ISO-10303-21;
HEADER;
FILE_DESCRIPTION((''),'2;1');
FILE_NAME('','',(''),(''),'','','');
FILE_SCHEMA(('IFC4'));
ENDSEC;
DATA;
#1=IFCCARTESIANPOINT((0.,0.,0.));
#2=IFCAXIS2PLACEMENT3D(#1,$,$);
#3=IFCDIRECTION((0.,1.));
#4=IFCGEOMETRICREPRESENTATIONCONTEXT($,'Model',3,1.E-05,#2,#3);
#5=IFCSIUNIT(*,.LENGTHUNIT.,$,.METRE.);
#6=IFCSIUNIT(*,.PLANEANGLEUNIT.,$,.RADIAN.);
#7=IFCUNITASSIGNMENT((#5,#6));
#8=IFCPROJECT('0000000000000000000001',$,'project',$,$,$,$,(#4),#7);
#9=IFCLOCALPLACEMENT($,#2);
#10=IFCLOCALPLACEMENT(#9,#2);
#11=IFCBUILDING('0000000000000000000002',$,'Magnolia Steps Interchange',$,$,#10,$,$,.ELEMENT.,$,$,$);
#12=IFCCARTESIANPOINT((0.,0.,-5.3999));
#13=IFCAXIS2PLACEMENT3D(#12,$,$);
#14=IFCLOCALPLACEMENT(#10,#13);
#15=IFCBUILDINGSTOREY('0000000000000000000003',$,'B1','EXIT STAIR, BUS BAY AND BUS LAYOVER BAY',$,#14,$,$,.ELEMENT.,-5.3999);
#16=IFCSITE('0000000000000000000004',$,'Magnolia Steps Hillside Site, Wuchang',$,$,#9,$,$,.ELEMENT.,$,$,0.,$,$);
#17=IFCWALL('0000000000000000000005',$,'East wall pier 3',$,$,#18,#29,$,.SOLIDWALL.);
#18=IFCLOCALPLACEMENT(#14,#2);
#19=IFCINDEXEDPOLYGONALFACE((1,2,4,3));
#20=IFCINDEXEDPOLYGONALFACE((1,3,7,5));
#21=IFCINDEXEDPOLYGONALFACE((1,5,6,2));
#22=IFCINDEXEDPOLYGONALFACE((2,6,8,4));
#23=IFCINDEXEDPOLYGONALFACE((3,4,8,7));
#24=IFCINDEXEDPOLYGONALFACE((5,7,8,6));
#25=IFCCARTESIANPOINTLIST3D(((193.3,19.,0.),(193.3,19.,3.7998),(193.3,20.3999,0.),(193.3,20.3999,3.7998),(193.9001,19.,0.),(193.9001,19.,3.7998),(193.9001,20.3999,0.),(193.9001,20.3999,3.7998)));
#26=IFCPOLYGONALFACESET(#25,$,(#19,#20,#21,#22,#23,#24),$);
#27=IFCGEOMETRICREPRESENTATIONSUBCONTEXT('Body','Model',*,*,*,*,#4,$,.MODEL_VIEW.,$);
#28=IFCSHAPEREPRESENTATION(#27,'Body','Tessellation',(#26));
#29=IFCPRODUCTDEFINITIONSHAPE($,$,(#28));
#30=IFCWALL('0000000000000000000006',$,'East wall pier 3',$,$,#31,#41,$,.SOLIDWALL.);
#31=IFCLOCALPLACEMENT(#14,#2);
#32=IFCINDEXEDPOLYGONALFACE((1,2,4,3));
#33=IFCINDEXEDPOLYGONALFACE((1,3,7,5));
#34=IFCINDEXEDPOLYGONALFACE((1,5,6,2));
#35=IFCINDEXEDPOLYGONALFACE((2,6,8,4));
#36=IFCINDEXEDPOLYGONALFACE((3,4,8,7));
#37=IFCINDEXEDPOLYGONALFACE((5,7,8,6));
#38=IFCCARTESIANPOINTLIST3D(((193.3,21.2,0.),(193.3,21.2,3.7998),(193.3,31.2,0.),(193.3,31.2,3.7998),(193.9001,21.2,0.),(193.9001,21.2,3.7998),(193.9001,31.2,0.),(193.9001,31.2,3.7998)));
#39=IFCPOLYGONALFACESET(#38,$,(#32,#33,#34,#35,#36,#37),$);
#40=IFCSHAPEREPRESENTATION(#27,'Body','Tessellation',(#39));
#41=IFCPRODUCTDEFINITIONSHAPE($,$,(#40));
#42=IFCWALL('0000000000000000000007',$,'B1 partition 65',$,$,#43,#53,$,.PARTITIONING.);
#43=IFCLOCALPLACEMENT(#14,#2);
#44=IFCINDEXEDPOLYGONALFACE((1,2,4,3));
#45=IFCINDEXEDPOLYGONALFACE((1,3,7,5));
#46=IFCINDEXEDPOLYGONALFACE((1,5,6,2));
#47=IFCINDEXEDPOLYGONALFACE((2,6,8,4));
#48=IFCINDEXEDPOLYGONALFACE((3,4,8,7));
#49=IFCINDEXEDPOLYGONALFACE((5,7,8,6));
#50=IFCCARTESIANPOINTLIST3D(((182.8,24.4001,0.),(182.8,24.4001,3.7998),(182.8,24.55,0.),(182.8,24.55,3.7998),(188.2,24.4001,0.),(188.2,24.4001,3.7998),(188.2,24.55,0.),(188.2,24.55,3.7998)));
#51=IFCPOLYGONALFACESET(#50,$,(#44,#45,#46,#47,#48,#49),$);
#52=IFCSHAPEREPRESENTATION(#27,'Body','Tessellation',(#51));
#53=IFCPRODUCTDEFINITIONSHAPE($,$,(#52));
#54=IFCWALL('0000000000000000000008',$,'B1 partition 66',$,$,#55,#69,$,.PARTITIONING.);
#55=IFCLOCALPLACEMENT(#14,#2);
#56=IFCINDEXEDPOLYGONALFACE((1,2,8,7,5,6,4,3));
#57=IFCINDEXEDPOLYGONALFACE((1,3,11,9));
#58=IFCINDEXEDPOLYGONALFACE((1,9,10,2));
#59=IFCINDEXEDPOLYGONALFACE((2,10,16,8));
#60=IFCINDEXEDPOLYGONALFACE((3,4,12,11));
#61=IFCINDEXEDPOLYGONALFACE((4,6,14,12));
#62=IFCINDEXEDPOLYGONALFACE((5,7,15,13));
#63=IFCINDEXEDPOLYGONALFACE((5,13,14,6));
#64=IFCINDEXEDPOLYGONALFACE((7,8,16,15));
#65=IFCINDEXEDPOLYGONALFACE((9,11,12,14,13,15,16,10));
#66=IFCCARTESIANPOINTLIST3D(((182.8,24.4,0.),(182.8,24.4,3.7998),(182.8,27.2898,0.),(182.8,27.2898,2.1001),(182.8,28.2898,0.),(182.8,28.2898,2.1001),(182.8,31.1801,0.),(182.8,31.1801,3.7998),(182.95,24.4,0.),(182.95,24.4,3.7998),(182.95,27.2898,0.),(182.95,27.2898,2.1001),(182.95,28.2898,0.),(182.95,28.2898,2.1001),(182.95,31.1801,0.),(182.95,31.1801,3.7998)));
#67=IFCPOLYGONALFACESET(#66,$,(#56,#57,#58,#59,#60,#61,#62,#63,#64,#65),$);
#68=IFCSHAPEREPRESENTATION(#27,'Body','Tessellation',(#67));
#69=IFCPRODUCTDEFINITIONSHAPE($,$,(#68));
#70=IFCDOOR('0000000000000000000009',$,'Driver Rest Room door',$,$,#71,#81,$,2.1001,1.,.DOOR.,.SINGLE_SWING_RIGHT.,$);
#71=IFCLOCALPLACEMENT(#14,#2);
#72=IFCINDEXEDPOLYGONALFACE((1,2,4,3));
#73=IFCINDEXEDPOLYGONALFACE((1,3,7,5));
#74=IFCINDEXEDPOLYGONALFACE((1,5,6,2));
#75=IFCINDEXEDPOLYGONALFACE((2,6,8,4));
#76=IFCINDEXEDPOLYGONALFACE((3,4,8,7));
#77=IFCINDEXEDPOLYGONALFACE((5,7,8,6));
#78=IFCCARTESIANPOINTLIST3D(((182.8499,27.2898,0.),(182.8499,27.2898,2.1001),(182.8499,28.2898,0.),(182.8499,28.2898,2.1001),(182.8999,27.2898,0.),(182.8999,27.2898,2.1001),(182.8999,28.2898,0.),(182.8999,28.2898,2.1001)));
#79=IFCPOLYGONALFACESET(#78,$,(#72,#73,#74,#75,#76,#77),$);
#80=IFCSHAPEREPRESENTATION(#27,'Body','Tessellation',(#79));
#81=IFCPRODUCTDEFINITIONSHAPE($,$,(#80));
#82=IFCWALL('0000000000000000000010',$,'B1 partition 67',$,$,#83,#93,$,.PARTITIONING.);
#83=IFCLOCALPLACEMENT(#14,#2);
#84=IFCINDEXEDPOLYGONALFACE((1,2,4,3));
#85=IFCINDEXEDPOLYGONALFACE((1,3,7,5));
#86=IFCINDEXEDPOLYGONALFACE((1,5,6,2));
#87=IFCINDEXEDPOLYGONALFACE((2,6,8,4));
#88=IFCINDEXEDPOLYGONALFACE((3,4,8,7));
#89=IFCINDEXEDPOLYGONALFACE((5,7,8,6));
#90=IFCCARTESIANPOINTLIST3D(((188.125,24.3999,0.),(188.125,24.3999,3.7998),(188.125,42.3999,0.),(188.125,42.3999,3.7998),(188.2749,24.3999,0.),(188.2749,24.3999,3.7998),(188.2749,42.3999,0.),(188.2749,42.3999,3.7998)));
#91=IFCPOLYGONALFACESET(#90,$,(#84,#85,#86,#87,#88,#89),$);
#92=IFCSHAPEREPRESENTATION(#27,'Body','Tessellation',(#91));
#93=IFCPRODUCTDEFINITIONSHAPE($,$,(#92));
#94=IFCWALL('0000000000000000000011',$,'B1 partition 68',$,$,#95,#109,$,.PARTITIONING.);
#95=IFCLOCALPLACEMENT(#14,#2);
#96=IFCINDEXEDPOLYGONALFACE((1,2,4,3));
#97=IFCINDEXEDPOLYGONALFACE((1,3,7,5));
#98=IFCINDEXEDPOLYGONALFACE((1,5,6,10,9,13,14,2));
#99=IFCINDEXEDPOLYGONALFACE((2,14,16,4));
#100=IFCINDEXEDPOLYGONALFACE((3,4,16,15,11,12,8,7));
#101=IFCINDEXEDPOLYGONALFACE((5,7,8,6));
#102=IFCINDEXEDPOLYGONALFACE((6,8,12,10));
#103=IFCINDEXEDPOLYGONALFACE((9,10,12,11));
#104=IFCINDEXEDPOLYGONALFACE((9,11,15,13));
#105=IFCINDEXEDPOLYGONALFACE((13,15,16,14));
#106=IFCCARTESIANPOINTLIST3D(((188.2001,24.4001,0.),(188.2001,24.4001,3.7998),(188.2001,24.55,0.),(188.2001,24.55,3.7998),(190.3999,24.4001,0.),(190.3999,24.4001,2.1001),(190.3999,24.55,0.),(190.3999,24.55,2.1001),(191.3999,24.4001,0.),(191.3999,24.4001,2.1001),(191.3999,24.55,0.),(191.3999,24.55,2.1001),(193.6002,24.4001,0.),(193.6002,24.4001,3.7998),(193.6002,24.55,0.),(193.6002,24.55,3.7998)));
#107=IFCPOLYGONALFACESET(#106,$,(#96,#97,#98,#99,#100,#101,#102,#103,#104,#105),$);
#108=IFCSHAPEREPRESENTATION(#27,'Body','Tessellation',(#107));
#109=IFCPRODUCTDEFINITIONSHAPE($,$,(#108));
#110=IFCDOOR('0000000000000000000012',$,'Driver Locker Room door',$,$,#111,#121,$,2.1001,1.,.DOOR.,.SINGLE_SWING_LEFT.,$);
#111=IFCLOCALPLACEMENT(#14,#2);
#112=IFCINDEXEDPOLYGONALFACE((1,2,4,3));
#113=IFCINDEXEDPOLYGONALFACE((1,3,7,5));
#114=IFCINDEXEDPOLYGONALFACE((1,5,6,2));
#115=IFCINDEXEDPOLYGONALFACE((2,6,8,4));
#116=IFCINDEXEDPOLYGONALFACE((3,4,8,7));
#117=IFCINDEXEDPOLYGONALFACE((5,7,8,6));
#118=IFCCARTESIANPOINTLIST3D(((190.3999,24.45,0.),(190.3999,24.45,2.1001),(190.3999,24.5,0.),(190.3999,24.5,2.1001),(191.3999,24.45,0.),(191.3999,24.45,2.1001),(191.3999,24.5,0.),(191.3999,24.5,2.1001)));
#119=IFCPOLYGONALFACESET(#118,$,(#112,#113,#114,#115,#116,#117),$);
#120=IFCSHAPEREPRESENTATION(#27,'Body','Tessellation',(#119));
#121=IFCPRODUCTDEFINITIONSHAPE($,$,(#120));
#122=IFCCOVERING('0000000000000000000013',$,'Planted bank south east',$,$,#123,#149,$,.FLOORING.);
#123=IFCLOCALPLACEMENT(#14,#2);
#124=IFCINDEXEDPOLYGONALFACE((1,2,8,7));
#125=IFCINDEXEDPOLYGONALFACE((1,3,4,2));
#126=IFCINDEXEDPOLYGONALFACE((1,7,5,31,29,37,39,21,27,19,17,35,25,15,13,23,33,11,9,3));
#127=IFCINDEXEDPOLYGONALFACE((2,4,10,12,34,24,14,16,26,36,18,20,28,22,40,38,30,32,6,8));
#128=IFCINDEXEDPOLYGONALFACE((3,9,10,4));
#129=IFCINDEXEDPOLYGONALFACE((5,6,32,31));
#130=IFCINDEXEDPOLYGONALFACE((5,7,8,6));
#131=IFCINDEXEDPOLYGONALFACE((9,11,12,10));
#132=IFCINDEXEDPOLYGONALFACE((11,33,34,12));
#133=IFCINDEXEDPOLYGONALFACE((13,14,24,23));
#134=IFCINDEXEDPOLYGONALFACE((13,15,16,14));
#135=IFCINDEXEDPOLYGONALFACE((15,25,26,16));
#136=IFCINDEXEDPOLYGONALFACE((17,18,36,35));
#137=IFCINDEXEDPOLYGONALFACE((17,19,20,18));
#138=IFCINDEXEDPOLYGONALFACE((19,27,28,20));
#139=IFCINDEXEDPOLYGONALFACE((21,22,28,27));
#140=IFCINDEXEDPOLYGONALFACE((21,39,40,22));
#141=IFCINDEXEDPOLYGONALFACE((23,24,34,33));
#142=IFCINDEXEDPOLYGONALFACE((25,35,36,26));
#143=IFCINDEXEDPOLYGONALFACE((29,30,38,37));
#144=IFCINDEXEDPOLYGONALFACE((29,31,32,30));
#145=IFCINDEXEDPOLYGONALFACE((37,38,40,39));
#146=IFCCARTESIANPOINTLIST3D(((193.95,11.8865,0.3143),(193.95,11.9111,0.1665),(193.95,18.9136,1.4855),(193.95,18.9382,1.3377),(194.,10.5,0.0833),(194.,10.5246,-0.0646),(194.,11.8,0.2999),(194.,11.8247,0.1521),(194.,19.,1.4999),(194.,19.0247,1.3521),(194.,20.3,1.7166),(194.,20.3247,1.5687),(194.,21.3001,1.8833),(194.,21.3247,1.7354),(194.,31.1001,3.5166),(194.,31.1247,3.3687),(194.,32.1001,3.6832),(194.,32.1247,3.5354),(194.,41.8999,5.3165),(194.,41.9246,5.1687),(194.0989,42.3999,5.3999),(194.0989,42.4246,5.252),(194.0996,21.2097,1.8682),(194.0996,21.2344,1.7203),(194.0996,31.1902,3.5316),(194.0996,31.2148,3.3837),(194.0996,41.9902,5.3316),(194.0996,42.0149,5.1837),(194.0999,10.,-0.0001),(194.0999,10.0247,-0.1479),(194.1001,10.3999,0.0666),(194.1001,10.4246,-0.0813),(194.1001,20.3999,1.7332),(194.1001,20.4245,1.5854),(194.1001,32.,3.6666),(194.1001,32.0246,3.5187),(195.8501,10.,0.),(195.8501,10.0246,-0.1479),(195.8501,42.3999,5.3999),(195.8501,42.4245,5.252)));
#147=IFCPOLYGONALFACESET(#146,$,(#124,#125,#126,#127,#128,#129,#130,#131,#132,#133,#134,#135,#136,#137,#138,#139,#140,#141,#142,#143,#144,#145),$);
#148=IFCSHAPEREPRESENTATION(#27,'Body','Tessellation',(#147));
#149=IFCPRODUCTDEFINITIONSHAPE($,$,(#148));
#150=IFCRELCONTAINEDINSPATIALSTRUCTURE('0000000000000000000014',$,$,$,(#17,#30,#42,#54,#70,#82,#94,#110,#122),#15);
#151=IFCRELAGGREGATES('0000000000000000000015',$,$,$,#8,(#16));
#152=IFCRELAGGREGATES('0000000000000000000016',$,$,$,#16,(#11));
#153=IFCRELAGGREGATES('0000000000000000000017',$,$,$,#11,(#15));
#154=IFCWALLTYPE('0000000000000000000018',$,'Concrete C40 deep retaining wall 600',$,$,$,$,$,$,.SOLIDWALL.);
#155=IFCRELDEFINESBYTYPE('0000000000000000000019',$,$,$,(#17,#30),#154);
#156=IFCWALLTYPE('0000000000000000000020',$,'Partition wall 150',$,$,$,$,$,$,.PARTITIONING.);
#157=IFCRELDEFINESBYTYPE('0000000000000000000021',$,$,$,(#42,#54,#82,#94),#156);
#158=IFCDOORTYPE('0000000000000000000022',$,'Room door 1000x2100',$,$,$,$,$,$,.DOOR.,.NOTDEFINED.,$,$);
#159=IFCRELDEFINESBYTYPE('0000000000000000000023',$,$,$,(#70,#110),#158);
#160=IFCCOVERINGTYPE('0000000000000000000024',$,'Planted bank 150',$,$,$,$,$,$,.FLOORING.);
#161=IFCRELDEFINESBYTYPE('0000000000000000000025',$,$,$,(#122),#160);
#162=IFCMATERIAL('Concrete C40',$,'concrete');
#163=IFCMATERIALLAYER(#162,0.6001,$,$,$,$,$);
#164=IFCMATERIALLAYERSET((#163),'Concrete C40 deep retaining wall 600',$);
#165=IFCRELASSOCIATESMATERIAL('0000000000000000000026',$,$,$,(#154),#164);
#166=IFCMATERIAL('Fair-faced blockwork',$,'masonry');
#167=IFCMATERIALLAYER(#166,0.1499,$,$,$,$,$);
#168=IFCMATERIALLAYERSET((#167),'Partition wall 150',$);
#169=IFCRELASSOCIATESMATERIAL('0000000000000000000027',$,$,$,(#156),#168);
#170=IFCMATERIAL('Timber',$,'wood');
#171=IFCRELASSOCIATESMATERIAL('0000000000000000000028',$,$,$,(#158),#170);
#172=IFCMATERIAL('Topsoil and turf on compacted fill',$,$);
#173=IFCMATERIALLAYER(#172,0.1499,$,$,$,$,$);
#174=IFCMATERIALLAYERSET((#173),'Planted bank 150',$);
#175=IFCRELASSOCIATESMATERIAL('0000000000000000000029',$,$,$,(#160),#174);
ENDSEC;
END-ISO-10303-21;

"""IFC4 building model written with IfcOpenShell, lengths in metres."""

from ifc_helpers import new_model, si_unit, direction, frame, frame_2d, origin, place, context, subcontext, project, spatial, polyline, rectangle, outline, extrude, material, layer, layer_set, type_object, element, fill, save


model = new_model("IFC4")

# Units and contexts
model_context = context("Model", 3, precision=1e-05, world=origin(), true_north=direction((0.0, 1.0)))
body_context = subcontext(model_context, "Body", "Model", "MODEL_VIEW")
ifc_project = project(units=[si_unit("LENGTHUNIT", "METRE"), si_unit("PLANEANGLEUNIT", "RADIAN")], contexts=[model_context])

# Site, building, storey
site_placement = place(None, origin())
site = spatial("IfcSite", under=ifc_project, at=site_placement, Name="Magnolia Steps Hillside Site, Wuchang", CompositionType="ELEMENT", RefElevation=0.0)
building_placement = place(site_placement, origin())
building = spatial("IfcBuilding", under=site, at=building_placement, Name="Magnolia Steps Interchange", CompositionType="ELEMENT")
storey_placement = place(building_placement, frame((0.0, 0.0, -5.3999)))
storey = spatial("IfcBuildingStorey", under=building, at=storey_placement, Name="B1", Description="EXIT STAIR, BUS BAY AND BUS LAYOVER BAY", CompositionType="ELEMENT", Elevation=-5.3999)

# Walls
ifc_material_1 = material(Name="Concrete C40", Category="concrete")
ifc_layer_1 = layer(ifc_material_1, 0.6001)
ifc_layer_set_1 = layer_set([ifc_layer_1], Name="Concrete C40 deep retaining wall 600")
wall_type_1 = type_object("IfcWallType", Name="Concrete C40 deep retaining wall 600", PredefinedType="SOLIDWALL", material=ifc_layer_set_1)
wall_1_placement = place(storey_placement, frame((193.6001, 19.0, 0.0), z_axis=(0.0, 0.0, 1.0), x_axis=(0.0, 1.0, 0.0)))
element("IfcWall", 1, at=wall_1_placement, inside=storey, type_object=wall_type_1, Name="East wall pier 3", PredefinedType="SOLIDWALL", context=body_context, shape_type="SweptSolid", body=[
    extrude(rectangle(XDim=1.3999, YDim=0.6001, at=frame_2d((0.7, 0.0))), origin(), (0.0, 0.0, 1.0), 3.7998),
])
wall_2_placement = place(storey_placement, frame((193.6001, 21.2, 0.0), z_axis=(0.0, 0.0, 1.0), x_axis=(0.0, 1.0, 0.0)))
element("IfcWall", 2, at=wall_2_placement, inside=storey, type_object=wall_type_1, Name="East wall pier 3", PredefinedType="SOLIDWALL", context=body_context, shape_type="SweptSolid", body=[
    extrude(rectangle(XDim=10.0, YDim=0.6001, at=frame_2d((5.0, 0.0))), origin(), (0.0, 0.0, 1.0), 3.7998),
])
ifc_material_2 = material(Name="Fair-faced blockwork", Category="masonry")
ifc_layer_2 = layer(ifc_material_2, 0.1499)
ifc_layer_set_2 = layer_set([ifc_layer_2], Name="Partition wall 150")
wall_type_2 = type_object("IfcWallType", Name="Partition wall 150", PredefinedType="PARTITIONING", material=ifc_layer_set_2)
wall_3_placement = place(storey_placement, frame((182.8, 24.4751, 0.0), z_axis=(0.0, 0.0, 1.0), x_axis=(1.0, 0.0, 0.0)))
element("IfcWall", 3, at=wall_3_placement, inside=storey, type_object=wall_type_2, Name="B1 partition 65", PredefinedType="PARTITIONING", context=body_context, shape_type="SweptSolid", body=[
    extrude(rectangle(XDim=5.3999, YDim=0.1499, at=frame_2d((2.7, 0.0))), origin(), (0.0, 0.0, 1.0), 3.7998),
])

# Wall, opening, door
wall_4_placement = place(storey_placement, frame((182.875, 24.3999, 0.0), z_axis=(0.0, 0.0, 1.0), x_axis=(0.0, 1.0, 0.0)))
wall_4 = element("IfcWall", 4, at=wall_4_placement, inside=storey, type_object=wall_type_2, Name="B1 partition 66", PredefinedType="PARTITIONING", context=body_context, shape_type="SweptSolid", body=[
    extrude(rectangle(XDim=6.78, YDim=0.1499, at=frame_2d((3.3901, 0.0))), origin(), (0.0, 0.0, 1.0), 3.7998),
])
opening_1_placement = place(wall_4_placement, frame((2.8899, 0.0, 0.0)))
opening_1 = element("IfcOpeningElement", 5, at=opening_1_placement, cuts=wall_4, PredefinedType="OPENING", context=body_context, shape_type="SweptSolid", body=[
    extrude(rectangle(XDim=1.0, YDim=2.1001, at=frame_2d((0.5, 1.05))), frame((0.0, 0.085, 0.0), z_axis=(0.0, -1.0, 0.0), x_axis=(1.0, 0.0, 0.0)), (0.0, 0.0, 1.0), 0.1699),
])
ifc_material_3 = material(Name="Timber", Category="wood")
door_type = type_object("IfcDoorType", Name="Room door 1000x2100", OperationType="NOTDEFINED", PredefinedType="DOOR", material=ifc_material_3)
door_1_placement = place(opening_1_placement, frame((1.0, 0.0, 0.0), z_axis=(0.0, 0.0, 1.0), x_axis=(-1.0, 0.0, 0.0)))
door_1 = element("IfcDoor", 6, at=door_1_placement, inside=storey, type_object=door_type, Name="Driver Rest Room door", OperationType="SINGLE_SWING_RIGHT", OverallHeight=2.1001, OverallWidth=1.0, PredefinedType="DOOR", context=body_context, shape_type="SweptSolid", body=[
    extrude(rectangle(XDim=1.0, YDim=2.1001, at=frame_2d((0.5, 1.05))), frame((0.0, 0.0249, 0.0), z_axis=(0.0, -1.0, 0.0), x_axis=(1.0, 0.0, 0.0)), (0.0, 0.0, 1.0), 0.05),
])
fill(opening_1, door_1)

# Wall
wall_5_placement = place(storey_placement, frame((188.2, 24.3999, 0.0), z_axis=(0.0, 0.0, 1.0), x_axis=(0.0, 1.0, 0.0)))
element("IfcWall", 7, at=wall_5_placement, inside=storey, type_object=wall_type_2, Name="B1 partition 67", PredefinedType="PARTITIONING", context=body_context, shape_type="SweptSolid", body=[
    extrude(rectangle(XDim=18.0, YDim=0.1499, at=frame_2d((9.0, 0.0))), origin(), (0.0, 0.0, 1.0), 3.7998),
])

# Wall, opening, door
wall_6_placement = place(storey_placement, frame((188.2, 24.4751, 0.0), z_axis=(0.0, 0.0, 1.0), x_axis=(1.0, 0.0, 0.0)))
wall_6 = element("IfcWall", 8, at=wall_6_placement, inside=storey, type_object=wall_type_2, Name="B1 partition 68", PredefinedType="PARTITIONING", context=body_context, shape_type="SweptSolid", body=[
    extrude(rectangle(XDim=5.4001, YDim=0.1499, at=frame_2d((2.7002, 0.0))), origin(), (0.0, 0.0, 1.0), 3.7998),
])
opening_2_placement = place(wall_6_placement, frame((2.2, 0.0, 0.0)))
opening_2 = element("IfcOpeningElement", 9, at=opening_2_placement, cuts=wall_6, PredefinedType="OPENING", context=body_context, shape_type="SweptSolid", body=[
    extrude(rectangle(XDim=1.0, YDim=2.1001, at=frame_2d((0.5, 1.05))), frame((0.0, 0.085, 0.0), z_axis=(0.0, -1.0, 0.0), x_axis=(1.0, 0.0, 0.0)), (0.0, 0.0, 1.0), 0.1699),
])
door_2_placement = place(opening_2_placement, origin())
door_2 = element("IfcDoor", 10, at=door_2_placement, inside=storey, type_object=door_type, Name="Driver Locker Room door", OperationType="SINGLE_SWING_LEFT", OverallHeight=2.1001, OverallWidth=1.0, PredefinedType="DOOR", context=body_context, shape_type="SweptSolid", body=[
    extrude(rectangle(XDim=1.0, YDim=2.1001, at=frame_2d((0.5, 1.05))), frame((0.0, 0.0249, 0.0), z_axis=(0.0, -1.0, 0.0), x_axis=(1.0, 0.0, 0.0)), (0.0, 0.0, 1.0), 0.05),
])
fill(opening_2, door_2)

# Covering
ifc_material_4 = material(Name="Topsoil and turf on compacted fill")
ifc_layer_3 = layer(ifc_material_4, 0.1499)
ifc_layer_set_3 = layer_set([ifc_layer_3], Name="Planted bank 150")
covering_type = type_object("IfcCoveringType", Name="Planted bank 150", PredefinedType="FLOORING", material=ifc_layer_set_3)
covering_placement = place(storey_placement, frame((195.8501, 10.0, 0.0), z_axis=(-0.00003, -0.164397, 0.986394), x_axis=(-1.0, 0.000005, -0.00003)))
element("IfcCovering", 11, at=covering_placement, inside=storey, type_object=covering_type, Name="Planted bank south east", PredefinedType="FLOORING", context=body_context, shape_type="SweptSolid", body=[
    extrude(outline(polyline([(0.0, 0.0), (1.7502, 0.0), (1.75, -0.4054), (1.8501, -0.5069), (1.8501, -1.8248), (1.9001, -1.9125), (1.9001, -9.0365), (1.8501, -9.1241), (1.8501, -10.4421), (1.75, -10.5433), (1.7505, -11.3643), (1.8501, -11.4559), (1.8501, -21.3911), (1.7505, -21.4824), (1.75, -22.3034), (1.8501, -22.4049), (1.8501, -32.3399), (1.7505, -32.4315), (1.7512, -32.8468), (0.0, -32.8468), (0.0, 0.0)])), origin(), (0.0, 0.0, -1.0), 0.1499),
])

save(model, "model.ifc")
